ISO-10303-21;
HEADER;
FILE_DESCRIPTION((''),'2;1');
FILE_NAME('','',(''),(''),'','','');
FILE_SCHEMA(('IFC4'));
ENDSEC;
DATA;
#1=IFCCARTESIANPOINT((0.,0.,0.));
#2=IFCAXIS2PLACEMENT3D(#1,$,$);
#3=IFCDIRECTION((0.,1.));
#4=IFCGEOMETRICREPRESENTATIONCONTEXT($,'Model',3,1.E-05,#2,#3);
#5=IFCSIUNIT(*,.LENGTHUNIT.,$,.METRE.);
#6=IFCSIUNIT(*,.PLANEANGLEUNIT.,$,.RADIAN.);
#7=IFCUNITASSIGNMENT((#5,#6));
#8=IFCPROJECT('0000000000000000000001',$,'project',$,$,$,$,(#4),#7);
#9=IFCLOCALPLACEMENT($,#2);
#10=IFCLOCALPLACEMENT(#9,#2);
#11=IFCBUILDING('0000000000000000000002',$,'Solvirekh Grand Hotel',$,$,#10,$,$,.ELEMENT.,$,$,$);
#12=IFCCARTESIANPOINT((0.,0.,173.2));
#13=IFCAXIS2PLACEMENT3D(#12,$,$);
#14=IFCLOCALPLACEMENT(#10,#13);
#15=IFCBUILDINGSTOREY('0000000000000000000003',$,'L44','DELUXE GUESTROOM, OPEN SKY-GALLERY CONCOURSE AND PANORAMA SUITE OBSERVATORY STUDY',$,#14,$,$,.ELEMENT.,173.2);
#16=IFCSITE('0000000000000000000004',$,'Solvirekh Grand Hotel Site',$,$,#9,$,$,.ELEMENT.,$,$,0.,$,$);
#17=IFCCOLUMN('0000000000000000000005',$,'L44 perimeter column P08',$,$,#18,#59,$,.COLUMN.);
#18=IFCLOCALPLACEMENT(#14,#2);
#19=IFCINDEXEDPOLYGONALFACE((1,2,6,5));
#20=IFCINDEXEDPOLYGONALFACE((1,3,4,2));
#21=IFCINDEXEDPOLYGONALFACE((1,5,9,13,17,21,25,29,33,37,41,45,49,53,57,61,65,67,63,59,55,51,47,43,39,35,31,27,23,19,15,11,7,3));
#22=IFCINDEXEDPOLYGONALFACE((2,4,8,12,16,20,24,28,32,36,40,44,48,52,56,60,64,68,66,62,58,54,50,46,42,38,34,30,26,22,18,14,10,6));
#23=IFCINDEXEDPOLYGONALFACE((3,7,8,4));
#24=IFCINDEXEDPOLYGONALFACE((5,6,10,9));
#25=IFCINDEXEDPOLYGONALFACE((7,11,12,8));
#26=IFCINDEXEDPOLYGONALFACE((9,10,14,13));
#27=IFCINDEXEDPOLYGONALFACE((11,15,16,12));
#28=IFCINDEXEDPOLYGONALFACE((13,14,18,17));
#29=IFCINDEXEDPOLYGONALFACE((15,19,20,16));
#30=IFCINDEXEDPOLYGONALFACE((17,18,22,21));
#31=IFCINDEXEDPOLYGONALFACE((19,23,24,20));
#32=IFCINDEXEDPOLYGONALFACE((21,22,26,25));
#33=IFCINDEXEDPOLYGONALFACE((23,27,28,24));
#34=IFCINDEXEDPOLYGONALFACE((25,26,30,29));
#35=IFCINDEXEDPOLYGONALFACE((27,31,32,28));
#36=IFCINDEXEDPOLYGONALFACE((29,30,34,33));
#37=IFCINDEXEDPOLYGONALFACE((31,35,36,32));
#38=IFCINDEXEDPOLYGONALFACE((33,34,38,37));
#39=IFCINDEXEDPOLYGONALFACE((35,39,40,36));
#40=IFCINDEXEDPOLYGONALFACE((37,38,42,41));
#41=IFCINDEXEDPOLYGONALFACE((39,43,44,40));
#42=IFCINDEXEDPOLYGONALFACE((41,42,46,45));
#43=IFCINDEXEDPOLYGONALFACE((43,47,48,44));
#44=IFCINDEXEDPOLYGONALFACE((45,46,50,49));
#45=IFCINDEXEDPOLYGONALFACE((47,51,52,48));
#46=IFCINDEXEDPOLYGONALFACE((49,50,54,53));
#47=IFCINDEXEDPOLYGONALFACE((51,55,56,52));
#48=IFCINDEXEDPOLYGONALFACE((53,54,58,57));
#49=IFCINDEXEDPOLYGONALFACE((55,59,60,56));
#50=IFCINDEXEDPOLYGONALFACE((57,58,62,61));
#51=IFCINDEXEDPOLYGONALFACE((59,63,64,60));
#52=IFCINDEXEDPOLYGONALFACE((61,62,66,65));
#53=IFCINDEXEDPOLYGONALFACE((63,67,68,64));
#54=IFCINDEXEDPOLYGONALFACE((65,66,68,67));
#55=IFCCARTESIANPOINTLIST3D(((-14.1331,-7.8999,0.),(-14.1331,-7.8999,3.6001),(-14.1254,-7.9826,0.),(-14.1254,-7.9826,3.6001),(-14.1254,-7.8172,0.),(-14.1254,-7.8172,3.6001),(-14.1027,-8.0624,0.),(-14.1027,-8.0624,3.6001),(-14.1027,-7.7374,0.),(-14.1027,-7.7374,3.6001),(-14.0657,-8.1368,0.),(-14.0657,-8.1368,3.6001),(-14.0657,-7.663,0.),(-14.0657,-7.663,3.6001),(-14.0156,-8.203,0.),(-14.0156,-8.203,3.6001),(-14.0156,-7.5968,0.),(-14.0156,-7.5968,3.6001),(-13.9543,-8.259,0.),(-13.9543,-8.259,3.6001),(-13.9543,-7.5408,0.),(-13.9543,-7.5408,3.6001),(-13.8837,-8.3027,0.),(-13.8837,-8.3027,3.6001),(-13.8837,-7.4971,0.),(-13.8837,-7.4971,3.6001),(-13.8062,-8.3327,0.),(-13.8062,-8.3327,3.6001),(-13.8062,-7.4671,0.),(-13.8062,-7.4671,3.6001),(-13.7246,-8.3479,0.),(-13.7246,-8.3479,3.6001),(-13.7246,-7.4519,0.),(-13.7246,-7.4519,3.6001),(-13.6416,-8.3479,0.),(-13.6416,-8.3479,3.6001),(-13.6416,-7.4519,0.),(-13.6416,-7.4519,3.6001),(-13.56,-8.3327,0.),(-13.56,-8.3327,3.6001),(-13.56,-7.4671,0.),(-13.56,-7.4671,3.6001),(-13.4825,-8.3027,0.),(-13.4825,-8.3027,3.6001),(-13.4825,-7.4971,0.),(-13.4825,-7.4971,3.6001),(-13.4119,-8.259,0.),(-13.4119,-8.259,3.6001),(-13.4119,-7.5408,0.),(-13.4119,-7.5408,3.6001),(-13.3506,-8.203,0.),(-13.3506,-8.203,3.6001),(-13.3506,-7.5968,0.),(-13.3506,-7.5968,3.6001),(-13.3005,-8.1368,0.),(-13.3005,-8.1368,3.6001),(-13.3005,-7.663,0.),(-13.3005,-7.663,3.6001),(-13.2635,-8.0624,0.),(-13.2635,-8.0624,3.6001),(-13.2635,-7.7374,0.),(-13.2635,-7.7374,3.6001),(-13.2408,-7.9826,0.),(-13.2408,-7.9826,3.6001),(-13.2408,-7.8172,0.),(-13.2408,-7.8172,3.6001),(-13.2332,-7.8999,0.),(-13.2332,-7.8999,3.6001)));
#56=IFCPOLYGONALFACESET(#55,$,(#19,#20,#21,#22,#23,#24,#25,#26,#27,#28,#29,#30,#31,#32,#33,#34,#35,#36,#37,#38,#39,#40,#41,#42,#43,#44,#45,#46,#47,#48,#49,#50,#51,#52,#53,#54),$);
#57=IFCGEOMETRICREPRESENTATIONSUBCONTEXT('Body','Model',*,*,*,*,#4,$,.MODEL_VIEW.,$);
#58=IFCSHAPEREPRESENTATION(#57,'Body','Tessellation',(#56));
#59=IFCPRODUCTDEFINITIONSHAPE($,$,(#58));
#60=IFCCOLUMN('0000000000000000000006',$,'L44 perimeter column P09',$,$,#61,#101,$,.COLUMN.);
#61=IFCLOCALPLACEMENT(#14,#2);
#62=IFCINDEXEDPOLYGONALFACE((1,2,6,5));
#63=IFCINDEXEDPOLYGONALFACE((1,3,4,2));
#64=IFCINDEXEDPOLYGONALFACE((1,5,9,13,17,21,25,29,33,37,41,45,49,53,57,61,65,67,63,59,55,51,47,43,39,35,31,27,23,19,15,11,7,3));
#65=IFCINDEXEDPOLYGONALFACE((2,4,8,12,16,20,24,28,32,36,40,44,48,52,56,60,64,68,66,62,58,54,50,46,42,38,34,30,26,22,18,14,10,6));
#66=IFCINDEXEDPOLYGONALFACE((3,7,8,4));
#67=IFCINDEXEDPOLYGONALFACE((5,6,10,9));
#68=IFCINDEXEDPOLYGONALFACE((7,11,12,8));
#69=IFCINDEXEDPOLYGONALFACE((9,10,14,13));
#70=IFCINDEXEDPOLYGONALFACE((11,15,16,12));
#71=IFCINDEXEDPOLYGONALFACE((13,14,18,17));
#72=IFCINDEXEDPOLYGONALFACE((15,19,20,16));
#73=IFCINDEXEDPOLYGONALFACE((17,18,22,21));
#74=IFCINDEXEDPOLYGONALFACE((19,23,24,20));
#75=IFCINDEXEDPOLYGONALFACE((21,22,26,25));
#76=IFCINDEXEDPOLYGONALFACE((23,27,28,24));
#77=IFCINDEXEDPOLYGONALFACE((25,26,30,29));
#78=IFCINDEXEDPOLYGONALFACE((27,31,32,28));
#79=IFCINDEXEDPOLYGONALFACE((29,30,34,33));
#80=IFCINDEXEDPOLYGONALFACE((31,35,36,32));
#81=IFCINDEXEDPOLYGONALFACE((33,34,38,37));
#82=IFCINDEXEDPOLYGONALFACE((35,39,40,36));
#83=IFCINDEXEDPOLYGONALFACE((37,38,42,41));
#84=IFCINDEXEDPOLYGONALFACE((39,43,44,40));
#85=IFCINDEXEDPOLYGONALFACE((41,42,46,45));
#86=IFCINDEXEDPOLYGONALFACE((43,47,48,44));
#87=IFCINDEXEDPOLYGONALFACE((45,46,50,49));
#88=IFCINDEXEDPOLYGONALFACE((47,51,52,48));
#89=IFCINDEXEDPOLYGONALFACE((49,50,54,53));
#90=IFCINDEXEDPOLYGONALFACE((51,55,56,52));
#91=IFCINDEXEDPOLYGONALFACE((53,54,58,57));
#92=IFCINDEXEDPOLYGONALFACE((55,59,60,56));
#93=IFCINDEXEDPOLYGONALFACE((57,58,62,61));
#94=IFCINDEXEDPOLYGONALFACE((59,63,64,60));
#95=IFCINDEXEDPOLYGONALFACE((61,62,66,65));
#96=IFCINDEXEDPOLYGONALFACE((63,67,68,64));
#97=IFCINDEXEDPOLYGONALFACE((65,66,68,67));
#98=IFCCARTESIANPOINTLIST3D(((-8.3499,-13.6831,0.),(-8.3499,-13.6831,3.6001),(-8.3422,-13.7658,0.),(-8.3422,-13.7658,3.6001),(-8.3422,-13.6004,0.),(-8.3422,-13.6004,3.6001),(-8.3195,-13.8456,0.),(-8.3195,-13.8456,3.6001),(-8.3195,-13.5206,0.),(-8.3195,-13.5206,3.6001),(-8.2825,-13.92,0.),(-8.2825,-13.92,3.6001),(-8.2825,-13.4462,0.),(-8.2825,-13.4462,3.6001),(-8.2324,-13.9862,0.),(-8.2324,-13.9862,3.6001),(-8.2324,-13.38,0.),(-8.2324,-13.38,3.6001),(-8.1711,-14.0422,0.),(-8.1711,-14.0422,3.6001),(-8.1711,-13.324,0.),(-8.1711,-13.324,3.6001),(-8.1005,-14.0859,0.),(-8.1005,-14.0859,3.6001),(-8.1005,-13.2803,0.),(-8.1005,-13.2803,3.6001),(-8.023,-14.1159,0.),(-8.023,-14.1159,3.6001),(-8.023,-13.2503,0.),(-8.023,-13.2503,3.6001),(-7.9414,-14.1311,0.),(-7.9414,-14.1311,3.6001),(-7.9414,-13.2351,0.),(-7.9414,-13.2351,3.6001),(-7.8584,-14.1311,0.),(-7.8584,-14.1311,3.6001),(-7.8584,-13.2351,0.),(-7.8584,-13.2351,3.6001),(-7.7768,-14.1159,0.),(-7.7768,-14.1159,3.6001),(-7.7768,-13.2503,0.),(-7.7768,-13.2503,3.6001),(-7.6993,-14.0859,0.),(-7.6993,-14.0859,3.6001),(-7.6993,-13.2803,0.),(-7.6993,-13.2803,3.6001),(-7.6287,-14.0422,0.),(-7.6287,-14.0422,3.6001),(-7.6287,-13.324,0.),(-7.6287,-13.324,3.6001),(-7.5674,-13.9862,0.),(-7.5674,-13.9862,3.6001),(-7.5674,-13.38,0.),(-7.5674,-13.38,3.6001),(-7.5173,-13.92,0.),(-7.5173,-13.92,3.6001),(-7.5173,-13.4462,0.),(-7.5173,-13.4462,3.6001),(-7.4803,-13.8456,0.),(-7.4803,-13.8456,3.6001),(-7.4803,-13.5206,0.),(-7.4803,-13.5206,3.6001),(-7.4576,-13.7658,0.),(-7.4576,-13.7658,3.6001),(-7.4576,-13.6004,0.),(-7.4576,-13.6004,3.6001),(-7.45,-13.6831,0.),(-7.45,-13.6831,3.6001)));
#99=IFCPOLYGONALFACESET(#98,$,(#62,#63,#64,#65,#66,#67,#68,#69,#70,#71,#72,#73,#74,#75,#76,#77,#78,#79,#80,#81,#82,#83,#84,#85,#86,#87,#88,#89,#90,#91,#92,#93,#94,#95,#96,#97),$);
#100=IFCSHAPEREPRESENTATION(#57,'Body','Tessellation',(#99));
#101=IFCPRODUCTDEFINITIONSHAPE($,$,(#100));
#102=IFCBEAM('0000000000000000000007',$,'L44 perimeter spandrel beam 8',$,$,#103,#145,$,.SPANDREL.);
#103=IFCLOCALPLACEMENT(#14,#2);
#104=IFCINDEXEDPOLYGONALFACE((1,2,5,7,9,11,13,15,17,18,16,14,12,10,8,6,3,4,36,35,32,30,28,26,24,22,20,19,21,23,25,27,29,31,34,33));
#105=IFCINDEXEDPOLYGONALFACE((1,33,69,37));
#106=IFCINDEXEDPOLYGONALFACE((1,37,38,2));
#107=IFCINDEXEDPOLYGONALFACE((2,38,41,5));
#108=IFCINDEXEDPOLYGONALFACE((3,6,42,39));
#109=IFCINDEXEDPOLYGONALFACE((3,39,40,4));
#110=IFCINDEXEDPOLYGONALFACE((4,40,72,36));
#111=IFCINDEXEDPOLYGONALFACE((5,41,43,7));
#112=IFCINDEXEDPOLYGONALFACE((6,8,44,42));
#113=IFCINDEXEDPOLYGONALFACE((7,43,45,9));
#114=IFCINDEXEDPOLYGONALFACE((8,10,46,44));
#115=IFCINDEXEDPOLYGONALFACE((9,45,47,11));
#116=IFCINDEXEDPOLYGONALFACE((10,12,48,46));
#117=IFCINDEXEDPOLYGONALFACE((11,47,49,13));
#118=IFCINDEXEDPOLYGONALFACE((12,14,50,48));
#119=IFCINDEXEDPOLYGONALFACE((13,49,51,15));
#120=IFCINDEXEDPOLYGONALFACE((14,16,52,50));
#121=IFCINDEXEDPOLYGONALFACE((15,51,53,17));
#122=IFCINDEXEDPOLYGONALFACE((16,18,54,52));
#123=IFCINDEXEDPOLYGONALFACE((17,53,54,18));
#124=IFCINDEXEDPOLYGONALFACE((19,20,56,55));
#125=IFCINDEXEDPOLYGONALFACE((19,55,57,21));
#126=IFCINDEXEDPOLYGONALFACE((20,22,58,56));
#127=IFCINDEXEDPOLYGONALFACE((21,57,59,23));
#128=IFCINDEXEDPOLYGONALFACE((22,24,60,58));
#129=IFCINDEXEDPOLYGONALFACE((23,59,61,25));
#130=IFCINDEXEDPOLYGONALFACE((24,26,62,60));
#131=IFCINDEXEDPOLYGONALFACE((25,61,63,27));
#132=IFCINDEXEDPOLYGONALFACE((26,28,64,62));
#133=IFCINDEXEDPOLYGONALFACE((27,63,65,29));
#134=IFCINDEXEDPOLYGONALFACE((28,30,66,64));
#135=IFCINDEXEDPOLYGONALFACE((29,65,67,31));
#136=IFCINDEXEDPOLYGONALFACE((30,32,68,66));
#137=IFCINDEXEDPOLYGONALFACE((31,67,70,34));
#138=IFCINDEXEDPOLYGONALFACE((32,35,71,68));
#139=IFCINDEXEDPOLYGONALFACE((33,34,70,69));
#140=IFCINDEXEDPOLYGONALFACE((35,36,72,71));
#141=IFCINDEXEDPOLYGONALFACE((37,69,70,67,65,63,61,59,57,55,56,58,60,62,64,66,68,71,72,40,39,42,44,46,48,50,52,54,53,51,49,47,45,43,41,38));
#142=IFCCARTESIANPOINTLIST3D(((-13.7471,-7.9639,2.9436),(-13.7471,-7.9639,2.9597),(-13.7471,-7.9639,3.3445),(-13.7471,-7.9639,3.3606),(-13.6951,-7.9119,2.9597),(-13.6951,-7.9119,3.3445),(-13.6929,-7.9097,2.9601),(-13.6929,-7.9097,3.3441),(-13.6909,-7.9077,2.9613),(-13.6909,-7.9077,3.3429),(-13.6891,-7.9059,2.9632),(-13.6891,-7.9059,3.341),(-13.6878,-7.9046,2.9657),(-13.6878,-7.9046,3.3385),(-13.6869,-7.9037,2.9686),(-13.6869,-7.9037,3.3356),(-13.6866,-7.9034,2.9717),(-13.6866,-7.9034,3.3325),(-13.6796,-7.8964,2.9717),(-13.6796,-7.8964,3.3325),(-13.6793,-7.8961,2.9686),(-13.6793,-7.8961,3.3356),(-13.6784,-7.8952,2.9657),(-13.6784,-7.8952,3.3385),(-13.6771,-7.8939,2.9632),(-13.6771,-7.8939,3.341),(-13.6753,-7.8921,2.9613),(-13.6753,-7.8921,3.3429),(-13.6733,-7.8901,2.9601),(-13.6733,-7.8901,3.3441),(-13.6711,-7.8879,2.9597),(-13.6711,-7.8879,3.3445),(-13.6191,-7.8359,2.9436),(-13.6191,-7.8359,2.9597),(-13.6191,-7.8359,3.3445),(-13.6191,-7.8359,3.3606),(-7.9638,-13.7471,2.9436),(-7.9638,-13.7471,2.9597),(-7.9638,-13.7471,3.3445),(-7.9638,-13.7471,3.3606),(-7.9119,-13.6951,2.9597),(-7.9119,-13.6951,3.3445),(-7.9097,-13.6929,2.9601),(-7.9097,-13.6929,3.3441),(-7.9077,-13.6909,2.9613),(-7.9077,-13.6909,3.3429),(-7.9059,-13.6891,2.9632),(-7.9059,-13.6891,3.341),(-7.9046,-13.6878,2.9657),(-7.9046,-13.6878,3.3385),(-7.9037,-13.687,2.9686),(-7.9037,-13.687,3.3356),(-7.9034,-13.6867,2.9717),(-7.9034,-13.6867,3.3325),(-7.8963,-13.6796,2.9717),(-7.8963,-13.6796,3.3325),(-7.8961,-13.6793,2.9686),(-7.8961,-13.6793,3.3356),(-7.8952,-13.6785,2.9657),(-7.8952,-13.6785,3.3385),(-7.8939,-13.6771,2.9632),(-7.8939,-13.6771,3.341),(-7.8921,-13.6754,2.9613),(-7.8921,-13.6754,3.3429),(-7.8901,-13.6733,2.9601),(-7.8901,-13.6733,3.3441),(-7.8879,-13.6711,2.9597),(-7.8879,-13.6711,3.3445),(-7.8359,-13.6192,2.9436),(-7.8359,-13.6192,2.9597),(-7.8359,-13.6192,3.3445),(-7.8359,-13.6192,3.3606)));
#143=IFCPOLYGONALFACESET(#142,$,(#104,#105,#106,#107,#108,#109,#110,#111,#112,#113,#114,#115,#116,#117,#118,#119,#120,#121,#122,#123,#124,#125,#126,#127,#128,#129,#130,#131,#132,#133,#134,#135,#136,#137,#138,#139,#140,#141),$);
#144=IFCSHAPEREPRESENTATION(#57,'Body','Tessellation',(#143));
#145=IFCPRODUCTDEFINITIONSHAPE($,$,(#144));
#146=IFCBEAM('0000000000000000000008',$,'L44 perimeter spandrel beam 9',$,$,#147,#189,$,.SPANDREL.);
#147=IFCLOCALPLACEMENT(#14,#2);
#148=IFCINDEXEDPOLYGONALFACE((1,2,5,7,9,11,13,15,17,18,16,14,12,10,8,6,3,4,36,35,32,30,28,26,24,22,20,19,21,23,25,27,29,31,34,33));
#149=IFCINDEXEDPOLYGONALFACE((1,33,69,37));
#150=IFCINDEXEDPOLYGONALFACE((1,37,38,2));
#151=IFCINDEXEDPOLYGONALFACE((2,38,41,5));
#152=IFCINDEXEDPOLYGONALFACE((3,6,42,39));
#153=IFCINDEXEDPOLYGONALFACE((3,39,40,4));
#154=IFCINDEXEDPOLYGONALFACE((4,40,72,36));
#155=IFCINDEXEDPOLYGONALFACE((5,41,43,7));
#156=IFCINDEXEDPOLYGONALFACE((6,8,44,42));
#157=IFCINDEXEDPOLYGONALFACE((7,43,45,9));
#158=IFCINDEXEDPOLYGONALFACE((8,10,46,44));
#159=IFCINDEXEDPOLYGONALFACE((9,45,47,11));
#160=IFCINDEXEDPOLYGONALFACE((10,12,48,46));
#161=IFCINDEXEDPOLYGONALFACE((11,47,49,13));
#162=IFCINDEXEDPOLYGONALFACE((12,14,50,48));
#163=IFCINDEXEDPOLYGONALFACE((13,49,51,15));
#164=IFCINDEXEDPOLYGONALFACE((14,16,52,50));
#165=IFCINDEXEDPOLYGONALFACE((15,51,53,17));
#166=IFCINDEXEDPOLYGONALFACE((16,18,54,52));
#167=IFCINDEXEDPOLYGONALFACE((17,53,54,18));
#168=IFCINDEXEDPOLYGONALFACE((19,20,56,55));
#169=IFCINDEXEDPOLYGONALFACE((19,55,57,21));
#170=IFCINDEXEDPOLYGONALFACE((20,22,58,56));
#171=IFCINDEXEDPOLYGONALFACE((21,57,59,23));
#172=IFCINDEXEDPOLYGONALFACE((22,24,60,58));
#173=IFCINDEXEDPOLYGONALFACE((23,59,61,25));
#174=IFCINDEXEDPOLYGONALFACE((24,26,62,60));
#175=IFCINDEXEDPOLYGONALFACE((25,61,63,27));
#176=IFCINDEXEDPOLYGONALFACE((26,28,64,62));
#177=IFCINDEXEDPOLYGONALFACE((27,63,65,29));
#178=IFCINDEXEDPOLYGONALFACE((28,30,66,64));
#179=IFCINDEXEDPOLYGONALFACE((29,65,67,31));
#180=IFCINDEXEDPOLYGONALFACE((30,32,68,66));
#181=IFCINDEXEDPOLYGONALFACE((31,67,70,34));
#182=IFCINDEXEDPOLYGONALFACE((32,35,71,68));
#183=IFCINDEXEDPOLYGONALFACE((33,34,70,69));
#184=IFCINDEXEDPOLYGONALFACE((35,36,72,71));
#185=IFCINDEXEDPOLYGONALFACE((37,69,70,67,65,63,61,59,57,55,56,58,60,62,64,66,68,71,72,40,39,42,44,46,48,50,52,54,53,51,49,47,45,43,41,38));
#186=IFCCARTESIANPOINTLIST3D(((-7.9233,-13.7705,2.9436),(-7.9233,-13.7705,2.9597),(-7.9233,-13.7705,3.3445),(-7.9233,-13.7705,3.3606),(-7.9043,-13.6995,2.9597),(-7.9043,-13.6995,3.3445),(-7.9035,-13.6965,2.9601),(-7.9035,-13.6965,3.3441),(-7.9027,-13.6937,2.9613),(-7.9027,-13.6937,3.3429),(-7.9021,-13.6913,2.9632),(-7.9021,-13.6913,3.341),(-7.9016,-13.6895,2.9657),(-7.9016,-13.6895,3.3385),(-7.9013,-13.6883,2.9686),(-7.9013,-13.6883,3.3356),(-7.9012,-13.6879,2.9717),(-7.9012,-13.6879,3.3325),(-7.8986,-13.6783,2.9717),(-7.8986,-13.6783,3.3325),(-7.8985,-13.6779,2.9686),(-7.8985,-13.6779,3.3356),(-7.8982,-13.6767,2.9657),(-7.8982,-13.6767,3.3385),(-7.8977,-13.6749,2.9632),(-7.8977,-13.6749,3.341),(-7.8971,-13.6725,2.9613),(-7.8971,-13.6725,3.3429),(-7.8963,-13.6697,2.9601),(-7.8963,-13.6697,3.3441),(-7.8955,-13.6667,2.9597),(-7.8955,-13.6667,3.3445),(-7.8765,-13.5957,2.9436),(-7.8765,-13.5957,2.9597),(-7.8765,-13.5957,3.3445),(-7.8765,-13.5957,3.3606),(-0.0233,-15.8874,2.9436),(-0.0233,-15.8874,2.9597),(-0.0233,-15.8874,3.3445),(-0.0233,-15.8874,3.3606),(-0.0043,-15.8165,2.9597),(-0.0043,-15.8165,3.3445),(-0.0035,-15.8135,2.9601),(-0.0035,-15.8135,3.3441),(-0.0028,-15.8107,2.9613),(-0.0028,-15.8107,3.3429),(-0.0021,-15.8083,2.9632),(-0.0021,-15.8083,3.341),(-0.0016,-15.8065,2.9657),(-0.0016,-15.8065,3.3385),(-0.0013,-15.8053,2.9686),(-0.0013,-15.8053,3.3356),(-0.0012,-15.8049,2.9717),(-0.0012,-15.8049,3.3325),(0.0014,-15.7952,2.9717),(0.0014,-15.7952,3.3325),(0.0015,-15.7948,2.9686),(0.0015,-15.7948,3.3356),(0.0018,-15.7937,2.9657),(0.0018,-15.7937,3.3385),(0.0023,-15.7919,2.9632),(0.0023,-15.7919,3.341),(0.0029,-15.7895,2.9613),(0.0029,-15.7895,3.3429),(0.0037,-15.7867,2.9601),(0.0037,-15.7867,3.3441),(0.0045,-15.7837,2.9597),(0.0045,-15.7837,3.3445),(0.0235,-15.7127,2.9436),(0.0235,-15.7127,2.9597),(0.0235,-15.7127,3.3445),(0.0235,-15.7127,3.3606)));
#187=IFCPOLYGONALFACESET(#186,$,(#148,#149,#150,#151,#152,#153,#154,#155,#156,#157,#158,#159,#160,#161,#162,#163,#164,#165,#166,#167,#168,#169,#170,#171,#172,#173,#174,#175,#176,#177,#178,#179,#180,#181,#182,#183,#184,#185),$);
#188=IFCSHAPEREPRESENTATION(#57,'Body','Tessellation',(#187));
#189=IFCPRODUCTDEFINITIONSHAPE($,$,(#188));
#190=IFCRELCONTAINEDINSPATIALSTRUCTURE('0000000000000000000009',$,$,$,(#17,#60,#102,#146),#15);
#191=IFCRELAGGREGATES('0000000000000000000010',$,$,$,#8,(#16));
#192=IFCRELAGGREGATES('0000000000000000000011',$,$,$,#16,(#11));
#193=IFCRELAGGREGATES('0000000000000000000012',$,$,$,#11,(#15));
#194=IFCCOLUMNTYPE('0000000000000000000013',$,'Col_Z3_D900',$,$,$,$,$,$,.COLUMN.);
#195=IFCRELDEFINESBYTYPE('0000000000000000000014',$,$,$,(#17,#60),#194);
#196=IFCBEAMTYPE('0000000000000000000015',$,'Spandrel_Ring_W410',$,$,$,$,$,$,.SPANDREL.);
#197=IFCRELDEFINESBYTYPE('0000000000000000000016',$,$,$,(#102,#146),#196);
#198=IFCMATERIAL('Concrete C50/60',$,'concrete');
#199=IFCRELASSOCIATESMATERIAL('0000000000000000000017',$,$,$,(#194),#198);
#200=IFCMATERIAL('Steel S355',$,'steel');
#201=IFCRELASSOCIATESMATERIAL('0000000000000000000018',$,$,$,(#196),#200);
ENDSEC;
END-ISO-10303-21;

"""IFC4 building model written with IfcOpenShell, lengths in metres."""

from ifc_helpers import new_model, si_unit, direction, frame, origin, origin_2d, place, context, subcontext, project, spatial, circle, i_section, extrude, material, material_profile, profile_set, type_object, element, save


model = new_model("IFC4")

# Units and contexts
model_context = context("Model", 3, precision=1e-05, world=origin(), true_north=direction((0.0, 1.0)))
body_context = subcontext(model_context, "Body", "Model", "MODEL_VIEW")
ifc_project = project(units=[si_unit("LENGTHUNIT", "METRE"), si_unit("PLANEANGLEUNIT", "RADIAN")], contexts=[model_context])

# Site, building, storey
site_placement = place(None, origin())
site = spatial("IfcSite", under=ifc_project, at=site_placement, Name="Solvirekh Grand Hotel Site", CompositionType="ELEMENT", RefElevation=0.0)
building_placement = place(site_placement, origin())
building = spatial("IfcBuilding", under=site, at=building_placement, Name="Solvirekh Grand Hotel", CompositionType="ELEMENT")
storey_placement = place(building_placement, frame((0.0, 0.0, 173.2)))
storey = spatial("IfcBuildingStorey", under=building, at=storey_placement, Name="L44", Description="DELUXE GUESTROOM, OPEN SKY-GALLERY CONCOURSE AND PANORAMA SUITE OBSERVATORY STUDY", CompositionType="ELEMENT", Elevation=173.2)

# Columns
ifc_material_1 = material(Name="Concrete C50/60", Category="concrete")
ifc_material_profile_1 = material_profile(ifc_material_1, circle(Radius=0.45, at=origin_2d()), Name="RC CIRC D900")
ifc_profile_set_1 = profile_set([ifc_material_profile_1], Name="Concrete C50/60")
column_type = type_object("IfcColumnType", Name="Col_Z3_D900", PredefinedType="COLUMN", material=ifc_profile_set_1)
for number, where, z_axis, x_axis, name in (
    (1, (-13.6831, -7.8999, 0.0), (0.0, 0.0, 1.0), (1.0, 0.0, 0.0), "L44 perimeter column P08"),
    (2, (-7.8999, -13.6831, 0.0), (0.0, 0.0, 1.0), (1.0, 0.0, 0.0), "L44 perimeter column P09"),
):
    element("IfcColumn", number, at=place(storey_placement, frame(where, z_axis=z_axis, x_axis=x_axis)), inside=storey, type_object=column_type, Name=name, PredefinedType="COLUMN", context=body_context, shape_type="SweptSolid", body=[
        extrude(circle(Radius=0.45, at=origin_2d()), origin(), (0.0, 0.0, 1.0), 3.6001),
    ])

# Beams
ifc_material_2 = material(Name="Steel S355", Category="steel")
ifc_material_profile_2 = material_profile(ifc_material_2, i_section(OverallWidth=0.1809, OverallDepth=0.417, WebThickness=0.01, FlangeThickness=0.0161, FilletRadius=0.012, at=origin_2d()), Name="W410X85")
ifc_profile_set_2 = profile_set([ifc_material_profile_2], Name="Steel S355")
beam_type = type_object("IfcBeamType", Name="Spandrel_Ring_W410", PredefinedType="SPANDREL", material=ifc_profile_set_2)
for number, where, z_axis, x_axis, name in (
    (3, (-13.6831, -7.8999, 3.1521), (0.707107, -0.707107, 0.0), (0.707107, 0.707107, 0.0), "L44 perimeter spandrel beam 8"),
    (4, (-7.8999, -13.6831, 3.1521), (0.965921, -0.258839, 0.0), (0.258839, 0.965921, 0.0), "L44 perimeter spandrel beam 9"),
):
    element("IfcBeam", number, at=place(storey_placement, frame(where, z_axis=z_axis, x_axis=x_axis)), inside=storey, type_object=beam_type, Name=name, PredefinedType="SPANDREL", context=body_context, shape_type="SweptSolid", body=[
        extrude(i_section(OverallWidth=0.1809, OverallDepth=0.417, WebThickness=0.01, FlangeThickness=0.0161, FilletRadius=0.012, at=origin_2d()), origin(), (0.0, 0.0, 1.0), 8.1787),
    ])

save(model, "model.ifc")
